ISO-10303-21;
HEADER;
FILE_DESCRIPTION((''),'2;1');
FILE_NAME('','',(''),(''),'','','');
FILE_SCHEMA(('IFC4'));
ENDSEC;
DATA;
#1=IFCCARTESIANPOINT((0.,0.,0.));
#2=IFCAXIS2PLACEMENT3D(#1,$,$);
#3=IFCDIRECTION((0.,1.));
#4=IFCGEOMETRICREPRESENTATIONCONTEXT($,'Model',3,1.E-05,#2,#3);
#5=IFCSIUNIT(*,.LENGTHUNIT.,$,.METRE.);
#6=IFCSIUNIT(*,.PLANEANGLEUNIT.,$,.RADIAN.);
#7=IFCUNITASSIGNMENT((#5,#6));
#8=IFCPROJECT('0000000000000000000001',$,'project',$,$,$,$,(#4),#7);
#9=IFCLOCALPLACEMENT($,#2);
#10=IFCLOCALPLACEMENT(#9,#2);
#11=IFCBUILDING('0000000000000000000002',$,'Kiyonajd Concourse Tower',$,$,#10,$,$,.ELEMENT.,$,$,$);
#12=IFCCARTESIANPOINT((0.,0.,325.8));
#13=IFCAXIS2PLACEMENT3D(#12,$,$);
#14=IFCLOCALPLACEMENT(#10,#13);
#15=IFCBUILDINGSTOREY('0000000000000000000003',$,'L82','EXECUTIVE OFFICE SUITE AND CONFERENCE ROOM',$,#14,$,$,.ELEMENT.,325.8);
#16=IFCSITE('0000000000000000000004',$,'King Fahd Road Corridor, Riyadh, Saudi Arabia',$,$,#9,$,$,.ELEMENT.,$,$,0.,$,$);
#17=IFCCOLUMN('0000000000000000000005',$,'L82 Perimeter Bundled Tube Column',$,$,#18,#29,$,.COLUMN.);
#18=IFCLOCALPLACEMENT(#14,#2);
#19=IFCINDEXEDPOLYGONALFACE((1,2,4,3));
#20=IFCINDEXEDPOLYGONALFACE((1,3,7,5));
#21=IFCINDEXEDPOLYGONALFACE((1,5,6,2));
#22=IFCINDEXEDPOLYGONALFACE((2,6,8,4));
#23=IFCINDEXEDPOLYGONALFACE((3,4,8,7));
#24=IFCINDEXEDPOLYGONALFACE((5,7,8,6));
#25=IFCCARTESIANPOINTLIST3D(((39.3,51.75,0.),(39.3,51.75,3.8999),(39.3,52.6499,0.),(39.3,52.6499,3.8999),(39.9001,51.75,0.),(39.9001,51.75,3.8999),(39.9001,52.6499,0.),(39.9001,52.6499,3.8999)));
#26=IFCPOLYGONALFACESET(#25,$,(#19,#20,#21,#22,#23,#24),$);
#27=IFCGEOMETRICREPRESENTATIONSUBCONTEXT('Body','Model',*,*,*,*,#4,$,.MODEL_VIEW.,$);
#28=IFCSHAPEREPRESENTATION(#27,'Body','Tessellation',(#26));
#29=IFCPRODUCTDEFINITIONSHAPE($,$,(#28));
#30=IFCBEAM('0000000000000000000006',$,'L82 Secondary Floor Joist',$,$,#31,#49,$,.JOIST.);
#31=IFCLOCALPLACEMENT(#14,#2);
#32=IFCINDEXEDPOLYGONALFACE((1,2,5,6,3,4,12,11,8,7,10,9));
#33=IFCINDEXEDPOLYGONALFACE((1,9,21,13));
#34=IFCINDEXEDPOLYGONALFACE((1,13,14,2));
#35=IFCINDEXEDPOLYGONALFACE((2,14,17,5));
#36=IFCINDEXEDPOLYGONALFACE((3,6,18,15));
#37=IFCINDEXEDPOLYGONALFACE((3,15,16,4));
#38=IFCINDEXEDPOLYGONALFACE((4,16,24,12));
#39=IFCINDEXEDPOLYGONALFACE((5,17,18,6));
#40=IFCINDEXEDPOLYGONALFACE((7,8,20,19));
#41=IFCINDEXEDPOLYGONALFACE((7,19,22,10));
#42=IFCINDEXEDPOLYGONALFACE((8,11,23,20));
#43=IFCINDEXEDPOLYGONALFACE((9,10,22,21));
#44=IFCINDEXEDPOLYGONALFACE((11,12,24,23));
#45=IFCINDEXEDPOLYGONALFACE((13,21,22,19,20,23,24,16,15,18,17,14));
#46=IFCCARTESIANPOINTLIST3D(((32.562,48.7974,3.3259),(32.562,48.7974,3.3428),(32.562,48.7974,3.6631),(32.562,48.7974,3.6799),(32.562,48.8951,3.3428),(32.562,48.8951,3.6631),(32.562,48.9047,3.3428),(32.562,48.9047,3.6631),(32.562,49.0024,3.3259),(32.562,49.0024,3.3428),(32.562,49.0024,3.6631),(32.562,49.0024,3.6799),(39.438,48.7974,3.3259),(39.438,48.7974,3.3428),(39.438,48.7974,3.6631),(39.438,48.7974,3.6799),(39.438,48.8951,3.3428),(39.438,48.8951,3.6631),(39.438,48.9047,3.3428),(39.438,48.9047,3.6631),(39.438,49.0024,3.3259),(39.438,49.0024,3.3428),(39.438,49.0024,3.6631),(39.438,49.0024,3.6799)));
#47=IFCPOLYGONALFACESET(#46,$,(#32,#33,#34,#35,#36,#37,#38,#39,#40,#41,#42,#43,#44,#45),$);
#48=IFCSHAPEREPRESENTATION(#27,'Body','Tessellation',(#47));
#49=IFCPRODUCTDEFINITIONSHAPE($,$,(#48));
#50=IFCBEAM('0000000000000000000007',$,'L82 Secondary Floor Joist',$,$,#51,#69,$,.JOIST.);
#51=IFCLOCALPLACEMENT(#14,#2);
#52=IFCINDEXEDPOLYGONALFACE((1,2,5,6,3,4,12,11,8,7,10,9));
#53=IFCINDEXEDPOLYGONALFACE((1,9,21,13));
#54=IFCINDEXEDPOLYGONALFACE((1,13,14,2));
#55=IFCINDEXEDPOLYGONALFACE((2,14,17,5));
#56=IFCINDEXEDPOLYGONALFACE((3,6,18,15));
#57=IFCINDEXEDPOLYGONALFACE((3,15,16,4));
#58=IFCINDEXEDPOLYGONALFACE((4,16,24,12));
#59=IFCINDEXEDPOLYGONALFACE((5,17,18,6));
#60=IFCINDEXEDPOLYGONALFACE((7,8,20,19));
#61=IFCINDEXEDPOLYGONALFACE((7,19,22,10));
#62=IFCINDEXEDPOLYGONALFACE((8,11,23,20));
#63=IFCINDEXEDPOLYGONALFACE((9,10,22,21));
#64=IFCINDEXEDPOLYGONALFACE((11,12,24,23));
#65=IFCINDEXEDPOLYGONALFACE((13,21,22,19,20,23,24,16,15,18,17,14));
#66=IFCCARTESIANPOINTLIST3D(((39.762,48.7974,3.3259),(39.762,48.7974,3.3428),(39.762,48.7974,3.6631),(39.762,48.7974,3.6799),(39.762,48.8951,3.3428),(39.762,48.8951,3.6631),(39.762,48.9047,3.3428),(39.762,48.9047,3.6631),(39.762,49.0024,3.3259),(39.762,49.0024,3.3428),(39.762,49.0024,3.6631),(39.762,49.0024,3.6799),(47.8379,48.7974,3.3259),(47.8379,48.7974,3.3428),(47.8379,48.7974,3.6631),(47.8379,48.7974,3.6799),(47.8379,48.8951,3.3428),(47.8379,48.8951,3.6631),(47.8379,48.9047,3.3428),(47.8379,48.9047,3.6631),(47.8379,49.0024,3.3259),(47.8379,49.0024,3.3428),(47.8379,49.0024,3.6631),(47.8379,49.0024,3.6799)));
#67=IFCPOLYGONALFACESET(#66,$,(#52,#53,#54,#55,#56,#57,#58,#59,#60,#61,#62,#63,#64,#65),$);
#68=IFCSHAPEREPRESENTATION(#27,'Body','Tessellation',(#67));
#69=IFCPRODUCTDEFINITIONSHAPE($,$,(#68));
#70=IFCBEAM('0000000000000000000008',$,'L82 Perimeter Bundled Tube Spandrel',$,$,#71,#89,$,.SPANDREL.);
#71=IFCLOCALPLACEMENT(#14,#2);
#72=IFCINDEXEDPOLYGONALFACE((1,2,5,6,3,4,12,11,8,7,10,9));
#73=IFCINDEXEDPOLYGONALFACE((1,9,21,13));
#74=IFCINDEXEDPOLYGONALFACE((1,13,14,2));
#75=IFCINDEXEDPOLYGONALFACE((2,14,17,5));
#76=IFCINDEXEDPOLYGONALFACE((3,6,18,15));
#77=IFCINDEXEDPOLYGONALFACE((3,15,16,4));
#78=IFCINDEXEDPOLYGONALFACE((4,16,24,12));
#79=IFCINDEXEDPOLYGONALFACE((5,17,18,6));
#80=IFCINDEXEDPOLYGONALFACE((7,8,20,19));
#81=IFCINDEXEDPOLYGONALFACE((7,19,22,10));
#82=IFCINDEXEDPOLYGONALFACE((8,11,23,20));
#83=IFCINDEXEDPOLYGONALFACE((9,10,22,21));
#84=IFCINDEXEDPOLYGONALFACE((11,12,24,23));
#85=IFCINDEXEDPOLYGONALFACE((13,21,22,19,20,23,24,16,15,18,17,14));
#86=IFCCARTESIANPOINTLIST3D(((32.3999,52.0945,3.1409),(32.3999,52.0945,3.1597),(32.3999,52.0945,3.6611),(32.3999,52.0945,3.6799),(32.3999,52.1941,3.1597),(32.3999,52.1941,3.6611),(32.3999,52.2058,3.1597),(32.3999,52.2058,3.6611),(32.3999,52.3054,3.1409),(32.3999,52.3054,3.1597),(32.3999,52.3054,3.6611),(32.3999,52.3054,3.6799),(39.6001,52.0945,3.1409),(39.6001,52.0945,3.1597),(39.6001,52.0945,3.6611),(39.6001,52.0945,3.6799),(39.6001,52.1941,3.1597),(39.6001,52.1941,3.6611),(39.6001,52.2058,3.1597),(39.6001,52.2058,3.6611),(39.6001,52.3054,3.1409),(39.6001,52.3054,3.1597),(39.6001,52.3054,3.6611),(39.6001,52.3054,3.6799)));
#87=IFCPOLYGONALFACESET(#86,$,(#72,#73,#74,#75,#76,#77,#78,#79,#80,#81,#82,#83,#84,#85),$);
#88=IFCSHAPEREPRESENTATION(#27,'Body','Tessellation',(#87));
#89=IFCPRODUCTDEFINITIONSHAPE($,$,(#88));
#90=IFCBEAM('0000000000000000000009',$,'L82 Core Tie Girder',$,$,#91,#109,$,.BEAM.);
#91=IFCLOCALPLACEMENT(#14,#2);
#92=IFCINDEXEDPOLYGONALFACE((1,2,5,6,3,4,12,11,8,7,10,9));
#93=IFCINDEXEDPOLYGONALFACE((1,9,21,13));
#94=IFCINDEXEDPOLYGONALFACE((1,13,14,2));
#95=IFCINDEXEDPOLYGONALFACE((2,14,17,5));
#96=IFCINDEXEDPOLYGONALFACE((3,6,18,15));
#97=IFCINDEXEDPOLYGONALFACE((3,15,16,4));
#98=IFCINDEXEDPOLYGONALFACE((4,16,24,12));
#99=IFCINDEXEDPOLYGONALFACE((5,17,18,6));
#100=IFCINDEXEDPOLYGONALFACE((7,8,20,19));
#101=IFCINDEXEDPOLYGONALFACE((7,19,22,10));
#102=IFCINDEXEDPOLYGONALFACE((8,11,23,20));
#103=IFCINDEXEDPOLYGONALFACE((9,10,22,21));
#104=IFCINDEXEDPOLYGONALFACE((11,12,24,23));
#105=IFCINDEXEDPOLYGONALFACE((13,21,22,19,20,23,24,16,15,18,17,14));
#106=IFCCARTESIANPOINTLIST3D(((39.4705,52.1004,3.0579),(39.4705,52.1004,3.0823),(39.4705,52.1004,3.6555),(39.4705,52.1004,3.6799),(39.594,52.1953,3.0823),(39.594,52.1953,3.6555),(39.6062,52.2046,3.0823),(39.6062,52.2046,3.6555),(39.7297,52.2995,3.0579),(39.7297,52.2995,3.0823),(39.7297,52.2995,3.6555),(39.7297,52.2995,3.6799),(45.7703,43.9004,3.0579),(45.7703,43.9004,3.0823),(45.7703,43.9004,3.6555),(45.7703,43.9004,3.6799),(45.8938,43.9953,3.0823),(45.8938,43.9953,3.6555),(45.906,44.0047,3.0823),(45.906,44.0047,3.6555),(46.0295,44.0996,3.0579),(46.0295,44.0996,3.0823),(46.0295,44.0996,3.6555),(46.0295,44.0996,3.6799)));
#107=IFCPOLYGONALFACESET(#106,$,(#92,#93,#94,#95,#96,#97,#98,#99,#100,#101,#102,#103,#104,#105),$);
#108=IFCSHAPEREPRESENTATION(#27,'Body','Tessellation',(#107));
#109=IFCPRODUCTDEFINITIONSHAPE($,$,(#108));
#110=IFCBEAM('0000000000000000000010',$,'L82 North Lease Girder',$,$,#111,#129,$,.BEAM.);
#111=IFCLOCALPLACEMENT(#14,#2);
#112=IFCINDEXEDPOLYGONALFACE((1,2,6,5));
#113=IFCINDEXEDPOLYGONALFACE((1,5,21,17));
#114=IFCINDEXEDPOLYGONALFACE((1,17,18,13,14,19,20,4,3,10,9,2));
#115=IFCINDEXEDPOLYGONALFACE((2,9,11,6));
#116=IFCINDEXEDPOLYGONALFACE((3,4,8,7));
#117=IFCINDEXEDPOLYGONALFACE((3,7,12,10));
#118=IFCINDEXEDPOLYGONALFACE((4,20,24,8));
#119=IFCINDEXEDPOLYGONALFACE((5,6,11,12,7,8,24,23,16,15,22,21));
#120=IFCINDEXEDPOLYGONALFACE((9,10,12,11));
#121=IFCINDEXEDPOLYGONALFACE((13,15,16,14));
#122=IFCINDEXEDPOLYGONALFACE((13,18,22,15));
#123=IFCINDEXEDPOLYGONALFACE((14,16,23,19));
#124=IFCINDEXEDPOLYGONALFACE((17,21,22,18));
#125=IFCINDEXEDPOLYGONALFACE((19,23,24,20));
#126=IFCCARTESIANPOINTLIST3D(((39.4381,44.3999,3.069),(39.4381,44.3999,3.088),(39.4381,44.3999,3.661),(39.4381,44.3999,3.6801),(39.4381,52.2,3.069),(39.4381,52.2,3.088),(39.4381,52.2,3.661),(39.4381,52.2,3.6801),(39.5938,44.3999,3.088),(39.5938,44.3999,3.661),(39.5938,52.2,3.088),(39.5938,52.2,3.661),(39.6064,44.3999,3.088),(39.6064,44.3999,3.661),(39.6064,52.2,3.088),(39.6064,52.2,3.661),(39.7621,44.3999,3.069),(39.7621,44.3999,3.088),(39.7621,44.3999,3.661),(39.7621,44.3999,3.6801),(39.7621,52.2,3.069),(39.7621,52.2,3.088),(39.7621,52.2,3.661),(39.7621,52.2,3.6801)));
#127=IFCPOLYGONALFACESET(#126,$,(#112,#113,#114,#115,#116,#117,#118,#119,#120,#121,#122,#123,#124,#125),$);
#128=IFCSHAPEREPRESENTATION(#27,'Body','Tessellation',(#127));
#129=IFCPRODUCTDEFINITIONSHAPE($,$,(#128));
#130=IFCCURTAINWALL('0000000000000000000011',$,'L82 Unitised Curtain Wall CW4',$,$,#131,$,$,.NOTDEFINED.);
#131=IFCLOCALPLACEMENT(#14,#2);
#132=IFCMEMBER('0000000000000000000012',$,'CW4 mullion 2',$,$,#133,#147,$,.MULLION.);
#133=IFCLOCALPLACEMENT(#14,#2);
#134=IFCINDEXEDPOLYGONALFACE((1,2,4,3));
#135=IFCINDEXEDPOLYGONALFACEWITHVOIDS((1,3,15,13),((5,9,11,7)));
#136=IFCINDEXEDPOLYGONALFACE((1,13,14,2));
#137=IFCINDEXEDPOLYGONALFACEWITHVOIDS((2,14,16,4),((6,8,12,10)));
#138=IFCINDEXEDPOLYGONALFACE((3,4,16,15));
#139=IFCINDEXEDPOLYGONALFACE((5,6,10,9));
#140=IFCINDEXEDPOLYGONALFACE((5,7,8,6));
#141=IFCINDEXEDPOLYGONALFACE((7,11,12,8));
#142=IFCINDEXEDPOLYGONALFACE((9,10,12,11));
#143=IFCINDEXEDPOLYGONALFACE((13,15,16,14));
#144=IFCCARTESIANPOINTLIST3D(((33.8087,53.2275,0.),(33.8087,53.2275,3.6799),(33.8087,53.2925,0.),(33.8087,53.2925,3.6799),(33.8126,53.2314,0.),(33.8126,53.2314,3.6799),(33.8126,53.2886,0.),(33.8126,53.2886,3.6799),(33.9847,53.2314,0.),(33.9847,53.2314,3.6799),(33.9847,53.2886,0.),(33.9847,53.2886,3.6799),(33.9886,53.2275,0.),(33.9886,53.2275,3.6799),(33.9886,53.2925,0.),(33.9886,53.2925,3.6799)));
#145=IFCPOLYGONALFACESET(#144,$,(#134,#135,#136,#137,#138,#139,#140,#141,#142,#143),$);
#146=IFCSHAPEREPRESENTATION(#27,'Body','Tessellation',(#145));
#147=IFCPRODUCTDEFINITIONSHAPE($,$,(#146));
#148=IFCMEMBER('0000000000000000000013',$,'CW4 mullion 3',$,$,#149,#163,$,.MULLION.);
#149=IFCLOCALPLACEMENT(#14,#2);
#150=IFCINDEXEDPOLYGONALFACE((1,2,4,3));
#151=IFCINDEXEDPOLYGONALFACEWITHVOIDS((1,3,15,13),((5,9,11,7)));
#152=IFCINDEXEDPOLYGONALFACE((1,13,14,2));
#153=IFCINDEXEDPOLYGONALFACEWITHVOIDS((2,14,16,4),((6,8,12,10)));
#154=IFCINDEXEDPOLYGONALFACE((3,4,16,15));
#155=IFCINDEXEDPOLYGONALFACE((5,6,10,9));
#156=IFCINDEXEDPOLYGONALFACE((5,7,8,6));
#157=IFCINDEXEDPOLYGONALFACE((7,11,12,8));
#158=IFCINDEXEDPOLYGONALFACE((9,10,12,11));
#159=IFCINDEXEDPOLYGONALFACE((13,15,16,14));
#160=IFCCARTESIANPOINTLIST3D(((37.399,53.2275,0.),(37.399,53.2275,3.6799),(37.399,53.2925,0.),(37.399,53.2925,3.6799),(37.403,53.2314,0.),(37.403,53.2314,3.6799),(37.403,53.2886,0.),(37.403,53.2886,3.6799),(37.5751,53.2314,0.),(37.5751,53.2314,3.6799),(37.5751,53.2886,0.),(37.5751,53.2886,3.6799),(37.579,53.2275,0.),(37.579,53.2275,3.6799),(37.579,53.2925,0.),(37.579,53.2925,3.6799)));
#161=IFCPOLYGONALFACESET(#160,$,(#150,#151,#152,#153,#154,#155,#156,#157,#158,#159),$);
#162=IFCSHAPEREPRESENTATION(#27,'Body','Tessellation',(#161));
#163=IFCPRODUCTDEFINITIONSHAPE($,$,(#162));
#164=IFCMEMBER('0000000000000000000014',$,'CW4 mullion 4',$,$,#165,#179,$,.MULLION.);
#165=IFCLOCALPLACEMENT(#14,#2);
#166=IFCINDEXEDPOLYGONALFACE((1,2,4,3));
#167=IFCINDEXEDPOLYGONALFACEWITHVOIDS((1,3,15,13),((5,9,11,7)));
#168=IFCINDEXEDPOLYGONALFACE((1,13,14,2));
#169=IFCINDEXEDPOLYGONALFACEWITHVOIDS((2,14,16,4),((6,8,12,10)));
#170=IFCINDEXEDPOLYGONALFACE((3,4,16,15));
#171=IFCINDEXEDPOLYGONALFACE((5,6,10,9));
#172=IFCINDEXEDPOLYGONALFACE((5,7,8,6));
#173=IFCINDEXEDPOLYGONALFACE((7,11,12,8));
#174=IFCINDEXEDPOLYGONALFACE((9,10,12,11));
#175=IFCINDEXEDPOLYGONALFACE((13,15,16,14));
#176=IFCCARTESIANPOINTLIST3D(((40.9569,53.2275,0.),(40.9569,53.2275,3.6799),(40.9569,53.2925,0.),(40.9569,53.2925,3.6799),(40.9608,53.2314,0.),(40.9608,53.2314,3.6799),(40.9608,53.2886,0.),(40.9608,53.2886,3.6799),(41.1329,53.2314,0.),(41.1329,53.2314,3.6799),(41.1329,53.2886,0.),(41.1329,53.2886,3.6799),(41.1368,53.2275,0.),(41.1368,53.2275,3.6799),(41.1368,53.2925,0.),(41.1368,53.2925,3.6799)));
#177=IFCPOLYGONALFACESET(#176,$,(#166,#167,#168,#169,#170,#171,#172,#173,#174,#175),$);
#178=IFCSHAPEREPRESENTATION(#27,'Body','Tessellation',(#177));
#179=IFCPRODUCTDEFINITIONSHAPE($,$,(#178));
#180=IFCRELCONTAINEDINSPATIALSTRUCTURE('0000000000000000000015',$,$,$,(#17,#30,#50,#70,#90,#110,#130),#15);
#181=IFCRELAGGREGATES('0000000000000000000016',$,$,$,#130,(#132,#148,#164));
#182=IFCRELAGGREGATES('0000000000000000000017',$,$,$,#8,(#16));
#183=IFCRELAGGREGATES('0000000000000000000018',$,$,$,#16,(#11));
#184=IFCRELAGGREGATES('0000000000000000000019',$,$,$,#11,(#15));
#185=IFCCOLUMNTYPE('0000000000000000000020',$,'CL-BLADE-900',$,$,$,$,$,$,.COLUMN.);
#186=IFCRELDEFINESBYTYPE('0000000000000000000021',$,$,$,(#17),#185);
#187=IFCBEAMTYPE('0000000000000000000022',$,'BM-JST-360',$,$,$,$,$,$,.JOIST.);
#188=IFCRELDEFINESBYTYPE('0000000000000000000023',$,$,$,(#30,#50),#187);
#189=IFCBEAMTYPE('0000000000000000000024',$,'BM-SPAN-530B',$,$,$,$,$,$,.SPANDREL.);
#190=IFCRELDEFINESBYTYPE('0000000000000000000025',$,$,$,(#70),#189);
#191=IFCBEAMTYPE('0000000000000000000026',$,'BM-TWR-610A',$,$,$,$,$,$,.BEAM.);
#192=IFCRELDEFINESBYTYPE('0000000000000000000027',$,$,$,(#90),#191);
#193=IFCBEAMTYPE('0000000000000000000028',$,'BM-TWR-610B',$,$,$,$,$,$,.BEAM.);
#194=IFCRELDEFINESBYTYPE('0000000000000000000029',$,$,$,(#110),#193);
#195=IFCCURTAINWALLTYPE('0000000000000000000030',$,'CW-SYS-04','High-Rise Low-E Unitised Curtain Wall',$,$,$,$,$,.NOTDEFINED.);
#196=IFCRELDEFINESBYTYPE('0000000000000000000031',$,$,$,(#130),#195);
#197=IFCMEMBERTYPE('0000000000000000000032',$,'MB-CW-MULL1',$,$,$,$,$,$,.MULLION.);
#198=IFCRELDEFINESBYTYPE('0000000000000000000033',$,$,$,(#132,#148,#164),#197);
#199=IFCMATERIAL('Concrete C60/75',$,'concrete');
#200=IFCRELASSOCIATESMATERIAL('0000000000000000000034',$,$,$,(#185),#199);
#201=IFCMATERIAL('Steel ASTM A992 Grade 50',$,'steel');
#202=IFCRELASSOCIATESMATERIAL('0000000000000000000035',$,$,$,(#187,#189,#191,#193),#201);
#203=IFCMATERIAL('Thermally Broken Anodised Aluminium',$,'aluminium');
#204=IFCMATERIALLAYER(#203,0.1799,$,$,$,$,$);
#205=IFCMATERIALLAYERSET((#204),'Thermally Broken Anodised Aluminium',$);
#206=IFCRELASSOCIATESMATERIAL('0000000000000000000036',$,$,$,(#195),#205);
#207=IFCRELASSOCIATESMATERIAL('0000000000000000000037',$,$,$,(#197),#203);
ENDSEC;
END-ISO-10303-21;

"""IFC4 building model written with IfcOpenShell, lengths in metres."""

from ifc_helpers import new_model, si_unit, direction, frame, origin, origin_2d, place, context, subcontext, project, spatial, rectangle, hollow_rectangle, i_section, extrude, material, layer, layer_set, material_profile, profile_set, type_object, element, aggregate, save


model = new_model("IFC4")

# Units and contexts
model_context = context("Model", 3, precision=1e-05, world=origin(), true_north=direction((0.0, 1.0)))
body_context = subcontext(model_context, "Body", "Model", "MODEL_VIEW")
ifc_project = project(units=[si_unit("LENGTHUNIT", "METRE"), si_unit("PLANEANGLEUNIT", "RADIAN")], contexts=[model_context])

# Site, building, storey
site_placement = place(None, origin())
site = spatial("IfcSite", under=ifc_project, at=site_placement, Name="King Fahd Road Corridor, Riyadh, Saudi Arabia", CompositionType="ELEMENT", RefElevation=0.0)
building_placement = place(site_placement, origin())
building = spatial("IfcBuilding", under=site, at=building_placement, Name="Kiyonajd Concourse Tower", CompositionType="ELEMENT")
storey_placement = place(building_placement, frame((0.0, 0.0, 325.8)))
storey = spatial("IfcBuildingStorey", under=building, at=storey_placement, Name="L82", Description="EXECUTIVE OFFICE SUITE AND CONFERENCE ROOM", CompositionType="ELEMENT", Elevation=325.8)

# Column
ifc_material_1 = material(Name="Concrete C60/75", Category="concrete")
ifc_material_profile_1 = material_profile(ifc_material_1, rectangle(XDim=0.6001, YDim=0.8999, at=origin_2d()), Name="RC-900x600")
ifc_profile_set_1 = profile_set([ifc_material_profile_1], Name="Concrete C60/75")
column_type = type_object("IfcColumnType", Name="CL-BLADE-900", PredefinedType="COLUMN", material=ifc_profile_set_1)
column_placement = place(storey_placement, frame((39.6001, 52.2, 0.0), z_axis=(0.0, 0.0, 1.0), x_axis=(1.0, 0.0, 0.0)))
element("IfcColumn", 1, at=column_placement, inside=storey, type_object=column_type, Name="L82 Perimeter Bundled Tube Column", PredefinedType="COLUMN", context=body_context, shape_type="SweptSolid", body=[
    extrude(rectangle(XDim=0.6001, YDim=0.8999, at=origin_2d()), origin(), (0.0, 0.0, 1.0), 3.8999),
])

# Beams
ifc_material_2 = material(Name="Steel ASTM A992 Grade 50", Category="steel")
ifc_material_profile_2 = material_profile(ifc_material_2, i_section(OverallWidth=0.2051, OverallDepth=0.354, WebThickness=0.0095, FlangeThickness=0.0168, at=origin_2d()), Name="W360X79")
ifc_profile_set_2 = profile_set([ifc_material_profile_2], Name="Steel ASTM A992 Grade 50")
beam_type_1 = type_object("IfcBeamType", Name="BM-JST-360", PredefinedType="JOIST", material=ifc_profile_set_2)
beam_1_placement = place(storey_placement, frame((32.562, 48.8999, 3.5029), z_axis=(1.0, 0.0, 0.0), x_axis=(0.0, 1.0, 0.0)))
element("IfcBeam", 2, at=beam_1_placement, inside=storey, type_object=beam_type_1, Name="L82 Secondary Floor Joist", PredefinedType="JOIST", context=body_context, shape_type="SweptSolid", body=[
    extrude(i_section(OverallWidth=0.2051, OverallDepth=0.354, WebThickness=0.0095, FlangeThickness=0.0168, at=origin_2d()), origin(), (0.0, 0.0, 1.0), 6.876),
])
beam_2_placement = place(storey_placement, frame((39.762, 48.8999, 3.5029), z_axis=(1.0, 0.0, 0.0), x_axis=(0.0, 1.0, 0.0)))
element("IfcBeam", 3, at=beam_2_placement, inside=storey, type_object=beam_type_1, Name="L82 Secondary Floor Joist", PredefinedType="JOIST", context=body_context, shape_type="SweptSolid", body=[
    extrude(i_section(OverallWidth=0.2051, OverallDepth=0.354, WebThickness=0.0095, FlangeThickness=0.0168, at=origin_2d()), origin(), (0.0, 0.0, 1.0), 8.0759),
])
ifc_material_profile_3 = material_profile(ifc_material_2, i_section(OverallWidth=0.2109, OverallDepth=0.5391, WebThickness=0.0117, FlangeThickness=0.0188, at=origin_2d()), Name="W530X109")
ifc_profile_set_3 = profile_set([ifc_material_profile_3], Name="Steel ASTM A992 Grade 50")
beam_type_2 = type_object("IfcBeamType", Name="BM-SPAN-530B", PredefinedType="SPANDREL", material=ifc_profile_set_3)
beam_3_placement = place(storey_placement, frame((39.6001, 52.2, 3.4104), z_axis=(-1.0, 0.0, 0.0), x_axis=(0.0, -1.0, 0.0)))
element("IfcBeam", 4, at=beam_3_placement, inside=storey, type_object=beam_type_2, Name="L82 Perimeter Bundled Tube Spandrel", PredefinedType="SPANDREL", context=body_context, shape_type="SweptSolid", body=[
    extrude(i_section(OverallWidth=0.2109, OverallDepth=0.5391, WebThickness=0.0117, FlangeThickness=0.0188, at=origin_2d()), origin(), (0.0, 0.0, 1.0), 7.2002),
])
ifc_material_profile_4 = material_profile(ifc_material_2, i_section(OverallWidth=0.3269, OverallDepth=0.6221, WebThickness=0.0154, FlangeThickness=0.0244, at=origin_2d()), Name="W610X195")
ifc_profile_set_4 = profile_set([ifc_material_profile_4], Name="Steel ASTM A992 Grade 50")
beam_type_3 = type_object("IfcBeamType", Name="BM-TWR-610A", PredefinedType="BEAM", material=ifc_profile_set_4)
beam_4_placement = place(storey_placement, frame((39.6001, 52.2, 3.3689), z_axis=(0.609234, -0.792991, 0.0), x_axis=(0.792991, 0.609234, 0.0)))
element("IfcBeam", 5, at=beam_4_placement, inside=storey, type_object=beam_type_3, Name="L82 Core Tie Girder", PredefinedType="BEAM", context=body_context, shape_type="SweptSolid", body=[
    extrude(i_section(OverallWidth=0.3269, OverallDepth=0.6221, WebThickness=0.0154, FlangeThickness=0.0244, at=origin_2d()), origin(), (0.0, 0.0, 1.0), 10.3406),
])
ifc_material_profile_5 = material_profile(ifc_material_2, i_section(OverallWidth=0.324, OverallDepth=0.6111, WebThickness=0.0127, FlangeThickness=0.019, at=origin_2d()), Name="W610X155")
ifc_profile_set_5 = profile_set([ifc_material_profile_5], Name="Steel ASTM A992 Grade 50")
beam_type_4 = type_object("IfcBeamType", Name="BM-TWR-610B", PredefinedType="BEAM", material=ifc_profile_set_5)
beam_5_placement = place(storey_placement, frame((39.6001, 44.3999, 3.3745), z_axis=(0.0, 1.0, 0.0), x_axis=(-1.0, 0.0, 0.0)))
element("IfcBeam", 6, at=beam_5_placement, inside=storey, type_object=beam_type_4, Name="L82 North Lease Girder", PredefinedType="BEAM", context=body_context, shape_type="SweptSolid", body=[
    extrude(i_section(OverallWidth=0.324, OverallDepth=0.6111, WebThickness=0.0127, FlangeThickness=0.019, at=origin_2d()), origin(), (0.0, 0.0, 1.0), 7.8),
])

# Curtain wall, members
ifc_material_3 = material(Name="Thermally Broken Anodised Aluminium", Category="aluminium")
ifc_layer_1 = layer(ifc_material_3, 0.1799)
ifc_layer_set_1 = layer_set([ifc_layer_1], Name="Thermally Broken Anodised Aluminium")
curtain_wall_type = type_object("IfcCurtainWallType", Name="CW-SYS-04", Description="High-Rise Low-E Unitised Curtain Wall", PredefinedType="NOTDEFINED", material=ifc_layer_set_1)
curtain_wall_placement = place(storey_placement, origin())
curtain_wall = element("IfcCurtainWall", 7, at=curtain_wall_placement, inside=storey, type_object=curtain_wall_type, Name="L82 Unitised Curtain Wall CW4", PredefinedType="NOTDEFINED")
ifc_material_profile_6 = material_profile(ifc_material_3, hollow_rectangle(XDim=0.0649, YDim=0.1799, WallThickness=0.0039, at=origin_2d()), Name="MULL-65x180")
ifc_profile_set_6 = profile_set([ifc_material_profile_6], Name="Thermally Broken Anodised Aluminium")
member_type_1 = type_object("IfcMemberType", Name="MB-CW-MULL1", PredefinedType="MULLION", material=ifc_profile_set_6)
member_1_placement = place(storey_placement, frame((33.8987, 53.26, 0.0), z_axis=(0.0, 0.0, 1.0), x_axis=(0.0, 1.0, 0.0)))
member_1 = element("IfcMember", 8, at=member_1_placement, type_object=member_type_1, Name="CW4 mullion 2", PredefinedType="MULLION", context=body_context, shape_type="SweptSolid", body=[
    extrude(hollow_rectangle(XDim=0.0649, YDim=0.1799, WallThickness=0.0039, at=origin_2d()), origin(), (0.0, 0.0, 1.0), 3.6799),
])
member_2_placement = place(storey_placement, frame((37.489, 53.26, 0.0), z_axis=(0.0, 0.0, 1.0), x_axis=(0.0, 1.0, 0.0)))
member_2 = element("IfcMember", 9, at=member_2_placement, type_object=member_type_1, Name="CW4 mullion 3", PredefinedType="MULLION", context=body_context, shape_type="SweptSolid", body=[
    extrude(hollow_rectangle(XDim=0.0649, YDim=0.1799, WallThickness=0.0039, at=origin_2d()), origin(), (0.0, 0.0, 1.0), 3.6799),
])
member_3_placement = place(storey_placement, frame((41.0469, 53.26, 0.0), z_axis=(0.0, 0.0, 1.0), x_axis=(0.0, 1.0, 0.0)))
member_3 = element("IfcMember", 10, at=member_3_placement, type_object=member_type_1, Name="CW4 mullion 4", PredefinedType="MULLION", context=body_context, shape_type="SweptSolid", body=[
    extrude(hollow_rectangle(XDim=0.0649, YDim=0.1799, WallThickness=0.0039, at=origin_2d()), origin(), (0.0, 0.0, 1.0), 3.6799),
])

aggregate(curtain_wall, [member_1, member_2, member_3])

save(model, "model.ifc")
